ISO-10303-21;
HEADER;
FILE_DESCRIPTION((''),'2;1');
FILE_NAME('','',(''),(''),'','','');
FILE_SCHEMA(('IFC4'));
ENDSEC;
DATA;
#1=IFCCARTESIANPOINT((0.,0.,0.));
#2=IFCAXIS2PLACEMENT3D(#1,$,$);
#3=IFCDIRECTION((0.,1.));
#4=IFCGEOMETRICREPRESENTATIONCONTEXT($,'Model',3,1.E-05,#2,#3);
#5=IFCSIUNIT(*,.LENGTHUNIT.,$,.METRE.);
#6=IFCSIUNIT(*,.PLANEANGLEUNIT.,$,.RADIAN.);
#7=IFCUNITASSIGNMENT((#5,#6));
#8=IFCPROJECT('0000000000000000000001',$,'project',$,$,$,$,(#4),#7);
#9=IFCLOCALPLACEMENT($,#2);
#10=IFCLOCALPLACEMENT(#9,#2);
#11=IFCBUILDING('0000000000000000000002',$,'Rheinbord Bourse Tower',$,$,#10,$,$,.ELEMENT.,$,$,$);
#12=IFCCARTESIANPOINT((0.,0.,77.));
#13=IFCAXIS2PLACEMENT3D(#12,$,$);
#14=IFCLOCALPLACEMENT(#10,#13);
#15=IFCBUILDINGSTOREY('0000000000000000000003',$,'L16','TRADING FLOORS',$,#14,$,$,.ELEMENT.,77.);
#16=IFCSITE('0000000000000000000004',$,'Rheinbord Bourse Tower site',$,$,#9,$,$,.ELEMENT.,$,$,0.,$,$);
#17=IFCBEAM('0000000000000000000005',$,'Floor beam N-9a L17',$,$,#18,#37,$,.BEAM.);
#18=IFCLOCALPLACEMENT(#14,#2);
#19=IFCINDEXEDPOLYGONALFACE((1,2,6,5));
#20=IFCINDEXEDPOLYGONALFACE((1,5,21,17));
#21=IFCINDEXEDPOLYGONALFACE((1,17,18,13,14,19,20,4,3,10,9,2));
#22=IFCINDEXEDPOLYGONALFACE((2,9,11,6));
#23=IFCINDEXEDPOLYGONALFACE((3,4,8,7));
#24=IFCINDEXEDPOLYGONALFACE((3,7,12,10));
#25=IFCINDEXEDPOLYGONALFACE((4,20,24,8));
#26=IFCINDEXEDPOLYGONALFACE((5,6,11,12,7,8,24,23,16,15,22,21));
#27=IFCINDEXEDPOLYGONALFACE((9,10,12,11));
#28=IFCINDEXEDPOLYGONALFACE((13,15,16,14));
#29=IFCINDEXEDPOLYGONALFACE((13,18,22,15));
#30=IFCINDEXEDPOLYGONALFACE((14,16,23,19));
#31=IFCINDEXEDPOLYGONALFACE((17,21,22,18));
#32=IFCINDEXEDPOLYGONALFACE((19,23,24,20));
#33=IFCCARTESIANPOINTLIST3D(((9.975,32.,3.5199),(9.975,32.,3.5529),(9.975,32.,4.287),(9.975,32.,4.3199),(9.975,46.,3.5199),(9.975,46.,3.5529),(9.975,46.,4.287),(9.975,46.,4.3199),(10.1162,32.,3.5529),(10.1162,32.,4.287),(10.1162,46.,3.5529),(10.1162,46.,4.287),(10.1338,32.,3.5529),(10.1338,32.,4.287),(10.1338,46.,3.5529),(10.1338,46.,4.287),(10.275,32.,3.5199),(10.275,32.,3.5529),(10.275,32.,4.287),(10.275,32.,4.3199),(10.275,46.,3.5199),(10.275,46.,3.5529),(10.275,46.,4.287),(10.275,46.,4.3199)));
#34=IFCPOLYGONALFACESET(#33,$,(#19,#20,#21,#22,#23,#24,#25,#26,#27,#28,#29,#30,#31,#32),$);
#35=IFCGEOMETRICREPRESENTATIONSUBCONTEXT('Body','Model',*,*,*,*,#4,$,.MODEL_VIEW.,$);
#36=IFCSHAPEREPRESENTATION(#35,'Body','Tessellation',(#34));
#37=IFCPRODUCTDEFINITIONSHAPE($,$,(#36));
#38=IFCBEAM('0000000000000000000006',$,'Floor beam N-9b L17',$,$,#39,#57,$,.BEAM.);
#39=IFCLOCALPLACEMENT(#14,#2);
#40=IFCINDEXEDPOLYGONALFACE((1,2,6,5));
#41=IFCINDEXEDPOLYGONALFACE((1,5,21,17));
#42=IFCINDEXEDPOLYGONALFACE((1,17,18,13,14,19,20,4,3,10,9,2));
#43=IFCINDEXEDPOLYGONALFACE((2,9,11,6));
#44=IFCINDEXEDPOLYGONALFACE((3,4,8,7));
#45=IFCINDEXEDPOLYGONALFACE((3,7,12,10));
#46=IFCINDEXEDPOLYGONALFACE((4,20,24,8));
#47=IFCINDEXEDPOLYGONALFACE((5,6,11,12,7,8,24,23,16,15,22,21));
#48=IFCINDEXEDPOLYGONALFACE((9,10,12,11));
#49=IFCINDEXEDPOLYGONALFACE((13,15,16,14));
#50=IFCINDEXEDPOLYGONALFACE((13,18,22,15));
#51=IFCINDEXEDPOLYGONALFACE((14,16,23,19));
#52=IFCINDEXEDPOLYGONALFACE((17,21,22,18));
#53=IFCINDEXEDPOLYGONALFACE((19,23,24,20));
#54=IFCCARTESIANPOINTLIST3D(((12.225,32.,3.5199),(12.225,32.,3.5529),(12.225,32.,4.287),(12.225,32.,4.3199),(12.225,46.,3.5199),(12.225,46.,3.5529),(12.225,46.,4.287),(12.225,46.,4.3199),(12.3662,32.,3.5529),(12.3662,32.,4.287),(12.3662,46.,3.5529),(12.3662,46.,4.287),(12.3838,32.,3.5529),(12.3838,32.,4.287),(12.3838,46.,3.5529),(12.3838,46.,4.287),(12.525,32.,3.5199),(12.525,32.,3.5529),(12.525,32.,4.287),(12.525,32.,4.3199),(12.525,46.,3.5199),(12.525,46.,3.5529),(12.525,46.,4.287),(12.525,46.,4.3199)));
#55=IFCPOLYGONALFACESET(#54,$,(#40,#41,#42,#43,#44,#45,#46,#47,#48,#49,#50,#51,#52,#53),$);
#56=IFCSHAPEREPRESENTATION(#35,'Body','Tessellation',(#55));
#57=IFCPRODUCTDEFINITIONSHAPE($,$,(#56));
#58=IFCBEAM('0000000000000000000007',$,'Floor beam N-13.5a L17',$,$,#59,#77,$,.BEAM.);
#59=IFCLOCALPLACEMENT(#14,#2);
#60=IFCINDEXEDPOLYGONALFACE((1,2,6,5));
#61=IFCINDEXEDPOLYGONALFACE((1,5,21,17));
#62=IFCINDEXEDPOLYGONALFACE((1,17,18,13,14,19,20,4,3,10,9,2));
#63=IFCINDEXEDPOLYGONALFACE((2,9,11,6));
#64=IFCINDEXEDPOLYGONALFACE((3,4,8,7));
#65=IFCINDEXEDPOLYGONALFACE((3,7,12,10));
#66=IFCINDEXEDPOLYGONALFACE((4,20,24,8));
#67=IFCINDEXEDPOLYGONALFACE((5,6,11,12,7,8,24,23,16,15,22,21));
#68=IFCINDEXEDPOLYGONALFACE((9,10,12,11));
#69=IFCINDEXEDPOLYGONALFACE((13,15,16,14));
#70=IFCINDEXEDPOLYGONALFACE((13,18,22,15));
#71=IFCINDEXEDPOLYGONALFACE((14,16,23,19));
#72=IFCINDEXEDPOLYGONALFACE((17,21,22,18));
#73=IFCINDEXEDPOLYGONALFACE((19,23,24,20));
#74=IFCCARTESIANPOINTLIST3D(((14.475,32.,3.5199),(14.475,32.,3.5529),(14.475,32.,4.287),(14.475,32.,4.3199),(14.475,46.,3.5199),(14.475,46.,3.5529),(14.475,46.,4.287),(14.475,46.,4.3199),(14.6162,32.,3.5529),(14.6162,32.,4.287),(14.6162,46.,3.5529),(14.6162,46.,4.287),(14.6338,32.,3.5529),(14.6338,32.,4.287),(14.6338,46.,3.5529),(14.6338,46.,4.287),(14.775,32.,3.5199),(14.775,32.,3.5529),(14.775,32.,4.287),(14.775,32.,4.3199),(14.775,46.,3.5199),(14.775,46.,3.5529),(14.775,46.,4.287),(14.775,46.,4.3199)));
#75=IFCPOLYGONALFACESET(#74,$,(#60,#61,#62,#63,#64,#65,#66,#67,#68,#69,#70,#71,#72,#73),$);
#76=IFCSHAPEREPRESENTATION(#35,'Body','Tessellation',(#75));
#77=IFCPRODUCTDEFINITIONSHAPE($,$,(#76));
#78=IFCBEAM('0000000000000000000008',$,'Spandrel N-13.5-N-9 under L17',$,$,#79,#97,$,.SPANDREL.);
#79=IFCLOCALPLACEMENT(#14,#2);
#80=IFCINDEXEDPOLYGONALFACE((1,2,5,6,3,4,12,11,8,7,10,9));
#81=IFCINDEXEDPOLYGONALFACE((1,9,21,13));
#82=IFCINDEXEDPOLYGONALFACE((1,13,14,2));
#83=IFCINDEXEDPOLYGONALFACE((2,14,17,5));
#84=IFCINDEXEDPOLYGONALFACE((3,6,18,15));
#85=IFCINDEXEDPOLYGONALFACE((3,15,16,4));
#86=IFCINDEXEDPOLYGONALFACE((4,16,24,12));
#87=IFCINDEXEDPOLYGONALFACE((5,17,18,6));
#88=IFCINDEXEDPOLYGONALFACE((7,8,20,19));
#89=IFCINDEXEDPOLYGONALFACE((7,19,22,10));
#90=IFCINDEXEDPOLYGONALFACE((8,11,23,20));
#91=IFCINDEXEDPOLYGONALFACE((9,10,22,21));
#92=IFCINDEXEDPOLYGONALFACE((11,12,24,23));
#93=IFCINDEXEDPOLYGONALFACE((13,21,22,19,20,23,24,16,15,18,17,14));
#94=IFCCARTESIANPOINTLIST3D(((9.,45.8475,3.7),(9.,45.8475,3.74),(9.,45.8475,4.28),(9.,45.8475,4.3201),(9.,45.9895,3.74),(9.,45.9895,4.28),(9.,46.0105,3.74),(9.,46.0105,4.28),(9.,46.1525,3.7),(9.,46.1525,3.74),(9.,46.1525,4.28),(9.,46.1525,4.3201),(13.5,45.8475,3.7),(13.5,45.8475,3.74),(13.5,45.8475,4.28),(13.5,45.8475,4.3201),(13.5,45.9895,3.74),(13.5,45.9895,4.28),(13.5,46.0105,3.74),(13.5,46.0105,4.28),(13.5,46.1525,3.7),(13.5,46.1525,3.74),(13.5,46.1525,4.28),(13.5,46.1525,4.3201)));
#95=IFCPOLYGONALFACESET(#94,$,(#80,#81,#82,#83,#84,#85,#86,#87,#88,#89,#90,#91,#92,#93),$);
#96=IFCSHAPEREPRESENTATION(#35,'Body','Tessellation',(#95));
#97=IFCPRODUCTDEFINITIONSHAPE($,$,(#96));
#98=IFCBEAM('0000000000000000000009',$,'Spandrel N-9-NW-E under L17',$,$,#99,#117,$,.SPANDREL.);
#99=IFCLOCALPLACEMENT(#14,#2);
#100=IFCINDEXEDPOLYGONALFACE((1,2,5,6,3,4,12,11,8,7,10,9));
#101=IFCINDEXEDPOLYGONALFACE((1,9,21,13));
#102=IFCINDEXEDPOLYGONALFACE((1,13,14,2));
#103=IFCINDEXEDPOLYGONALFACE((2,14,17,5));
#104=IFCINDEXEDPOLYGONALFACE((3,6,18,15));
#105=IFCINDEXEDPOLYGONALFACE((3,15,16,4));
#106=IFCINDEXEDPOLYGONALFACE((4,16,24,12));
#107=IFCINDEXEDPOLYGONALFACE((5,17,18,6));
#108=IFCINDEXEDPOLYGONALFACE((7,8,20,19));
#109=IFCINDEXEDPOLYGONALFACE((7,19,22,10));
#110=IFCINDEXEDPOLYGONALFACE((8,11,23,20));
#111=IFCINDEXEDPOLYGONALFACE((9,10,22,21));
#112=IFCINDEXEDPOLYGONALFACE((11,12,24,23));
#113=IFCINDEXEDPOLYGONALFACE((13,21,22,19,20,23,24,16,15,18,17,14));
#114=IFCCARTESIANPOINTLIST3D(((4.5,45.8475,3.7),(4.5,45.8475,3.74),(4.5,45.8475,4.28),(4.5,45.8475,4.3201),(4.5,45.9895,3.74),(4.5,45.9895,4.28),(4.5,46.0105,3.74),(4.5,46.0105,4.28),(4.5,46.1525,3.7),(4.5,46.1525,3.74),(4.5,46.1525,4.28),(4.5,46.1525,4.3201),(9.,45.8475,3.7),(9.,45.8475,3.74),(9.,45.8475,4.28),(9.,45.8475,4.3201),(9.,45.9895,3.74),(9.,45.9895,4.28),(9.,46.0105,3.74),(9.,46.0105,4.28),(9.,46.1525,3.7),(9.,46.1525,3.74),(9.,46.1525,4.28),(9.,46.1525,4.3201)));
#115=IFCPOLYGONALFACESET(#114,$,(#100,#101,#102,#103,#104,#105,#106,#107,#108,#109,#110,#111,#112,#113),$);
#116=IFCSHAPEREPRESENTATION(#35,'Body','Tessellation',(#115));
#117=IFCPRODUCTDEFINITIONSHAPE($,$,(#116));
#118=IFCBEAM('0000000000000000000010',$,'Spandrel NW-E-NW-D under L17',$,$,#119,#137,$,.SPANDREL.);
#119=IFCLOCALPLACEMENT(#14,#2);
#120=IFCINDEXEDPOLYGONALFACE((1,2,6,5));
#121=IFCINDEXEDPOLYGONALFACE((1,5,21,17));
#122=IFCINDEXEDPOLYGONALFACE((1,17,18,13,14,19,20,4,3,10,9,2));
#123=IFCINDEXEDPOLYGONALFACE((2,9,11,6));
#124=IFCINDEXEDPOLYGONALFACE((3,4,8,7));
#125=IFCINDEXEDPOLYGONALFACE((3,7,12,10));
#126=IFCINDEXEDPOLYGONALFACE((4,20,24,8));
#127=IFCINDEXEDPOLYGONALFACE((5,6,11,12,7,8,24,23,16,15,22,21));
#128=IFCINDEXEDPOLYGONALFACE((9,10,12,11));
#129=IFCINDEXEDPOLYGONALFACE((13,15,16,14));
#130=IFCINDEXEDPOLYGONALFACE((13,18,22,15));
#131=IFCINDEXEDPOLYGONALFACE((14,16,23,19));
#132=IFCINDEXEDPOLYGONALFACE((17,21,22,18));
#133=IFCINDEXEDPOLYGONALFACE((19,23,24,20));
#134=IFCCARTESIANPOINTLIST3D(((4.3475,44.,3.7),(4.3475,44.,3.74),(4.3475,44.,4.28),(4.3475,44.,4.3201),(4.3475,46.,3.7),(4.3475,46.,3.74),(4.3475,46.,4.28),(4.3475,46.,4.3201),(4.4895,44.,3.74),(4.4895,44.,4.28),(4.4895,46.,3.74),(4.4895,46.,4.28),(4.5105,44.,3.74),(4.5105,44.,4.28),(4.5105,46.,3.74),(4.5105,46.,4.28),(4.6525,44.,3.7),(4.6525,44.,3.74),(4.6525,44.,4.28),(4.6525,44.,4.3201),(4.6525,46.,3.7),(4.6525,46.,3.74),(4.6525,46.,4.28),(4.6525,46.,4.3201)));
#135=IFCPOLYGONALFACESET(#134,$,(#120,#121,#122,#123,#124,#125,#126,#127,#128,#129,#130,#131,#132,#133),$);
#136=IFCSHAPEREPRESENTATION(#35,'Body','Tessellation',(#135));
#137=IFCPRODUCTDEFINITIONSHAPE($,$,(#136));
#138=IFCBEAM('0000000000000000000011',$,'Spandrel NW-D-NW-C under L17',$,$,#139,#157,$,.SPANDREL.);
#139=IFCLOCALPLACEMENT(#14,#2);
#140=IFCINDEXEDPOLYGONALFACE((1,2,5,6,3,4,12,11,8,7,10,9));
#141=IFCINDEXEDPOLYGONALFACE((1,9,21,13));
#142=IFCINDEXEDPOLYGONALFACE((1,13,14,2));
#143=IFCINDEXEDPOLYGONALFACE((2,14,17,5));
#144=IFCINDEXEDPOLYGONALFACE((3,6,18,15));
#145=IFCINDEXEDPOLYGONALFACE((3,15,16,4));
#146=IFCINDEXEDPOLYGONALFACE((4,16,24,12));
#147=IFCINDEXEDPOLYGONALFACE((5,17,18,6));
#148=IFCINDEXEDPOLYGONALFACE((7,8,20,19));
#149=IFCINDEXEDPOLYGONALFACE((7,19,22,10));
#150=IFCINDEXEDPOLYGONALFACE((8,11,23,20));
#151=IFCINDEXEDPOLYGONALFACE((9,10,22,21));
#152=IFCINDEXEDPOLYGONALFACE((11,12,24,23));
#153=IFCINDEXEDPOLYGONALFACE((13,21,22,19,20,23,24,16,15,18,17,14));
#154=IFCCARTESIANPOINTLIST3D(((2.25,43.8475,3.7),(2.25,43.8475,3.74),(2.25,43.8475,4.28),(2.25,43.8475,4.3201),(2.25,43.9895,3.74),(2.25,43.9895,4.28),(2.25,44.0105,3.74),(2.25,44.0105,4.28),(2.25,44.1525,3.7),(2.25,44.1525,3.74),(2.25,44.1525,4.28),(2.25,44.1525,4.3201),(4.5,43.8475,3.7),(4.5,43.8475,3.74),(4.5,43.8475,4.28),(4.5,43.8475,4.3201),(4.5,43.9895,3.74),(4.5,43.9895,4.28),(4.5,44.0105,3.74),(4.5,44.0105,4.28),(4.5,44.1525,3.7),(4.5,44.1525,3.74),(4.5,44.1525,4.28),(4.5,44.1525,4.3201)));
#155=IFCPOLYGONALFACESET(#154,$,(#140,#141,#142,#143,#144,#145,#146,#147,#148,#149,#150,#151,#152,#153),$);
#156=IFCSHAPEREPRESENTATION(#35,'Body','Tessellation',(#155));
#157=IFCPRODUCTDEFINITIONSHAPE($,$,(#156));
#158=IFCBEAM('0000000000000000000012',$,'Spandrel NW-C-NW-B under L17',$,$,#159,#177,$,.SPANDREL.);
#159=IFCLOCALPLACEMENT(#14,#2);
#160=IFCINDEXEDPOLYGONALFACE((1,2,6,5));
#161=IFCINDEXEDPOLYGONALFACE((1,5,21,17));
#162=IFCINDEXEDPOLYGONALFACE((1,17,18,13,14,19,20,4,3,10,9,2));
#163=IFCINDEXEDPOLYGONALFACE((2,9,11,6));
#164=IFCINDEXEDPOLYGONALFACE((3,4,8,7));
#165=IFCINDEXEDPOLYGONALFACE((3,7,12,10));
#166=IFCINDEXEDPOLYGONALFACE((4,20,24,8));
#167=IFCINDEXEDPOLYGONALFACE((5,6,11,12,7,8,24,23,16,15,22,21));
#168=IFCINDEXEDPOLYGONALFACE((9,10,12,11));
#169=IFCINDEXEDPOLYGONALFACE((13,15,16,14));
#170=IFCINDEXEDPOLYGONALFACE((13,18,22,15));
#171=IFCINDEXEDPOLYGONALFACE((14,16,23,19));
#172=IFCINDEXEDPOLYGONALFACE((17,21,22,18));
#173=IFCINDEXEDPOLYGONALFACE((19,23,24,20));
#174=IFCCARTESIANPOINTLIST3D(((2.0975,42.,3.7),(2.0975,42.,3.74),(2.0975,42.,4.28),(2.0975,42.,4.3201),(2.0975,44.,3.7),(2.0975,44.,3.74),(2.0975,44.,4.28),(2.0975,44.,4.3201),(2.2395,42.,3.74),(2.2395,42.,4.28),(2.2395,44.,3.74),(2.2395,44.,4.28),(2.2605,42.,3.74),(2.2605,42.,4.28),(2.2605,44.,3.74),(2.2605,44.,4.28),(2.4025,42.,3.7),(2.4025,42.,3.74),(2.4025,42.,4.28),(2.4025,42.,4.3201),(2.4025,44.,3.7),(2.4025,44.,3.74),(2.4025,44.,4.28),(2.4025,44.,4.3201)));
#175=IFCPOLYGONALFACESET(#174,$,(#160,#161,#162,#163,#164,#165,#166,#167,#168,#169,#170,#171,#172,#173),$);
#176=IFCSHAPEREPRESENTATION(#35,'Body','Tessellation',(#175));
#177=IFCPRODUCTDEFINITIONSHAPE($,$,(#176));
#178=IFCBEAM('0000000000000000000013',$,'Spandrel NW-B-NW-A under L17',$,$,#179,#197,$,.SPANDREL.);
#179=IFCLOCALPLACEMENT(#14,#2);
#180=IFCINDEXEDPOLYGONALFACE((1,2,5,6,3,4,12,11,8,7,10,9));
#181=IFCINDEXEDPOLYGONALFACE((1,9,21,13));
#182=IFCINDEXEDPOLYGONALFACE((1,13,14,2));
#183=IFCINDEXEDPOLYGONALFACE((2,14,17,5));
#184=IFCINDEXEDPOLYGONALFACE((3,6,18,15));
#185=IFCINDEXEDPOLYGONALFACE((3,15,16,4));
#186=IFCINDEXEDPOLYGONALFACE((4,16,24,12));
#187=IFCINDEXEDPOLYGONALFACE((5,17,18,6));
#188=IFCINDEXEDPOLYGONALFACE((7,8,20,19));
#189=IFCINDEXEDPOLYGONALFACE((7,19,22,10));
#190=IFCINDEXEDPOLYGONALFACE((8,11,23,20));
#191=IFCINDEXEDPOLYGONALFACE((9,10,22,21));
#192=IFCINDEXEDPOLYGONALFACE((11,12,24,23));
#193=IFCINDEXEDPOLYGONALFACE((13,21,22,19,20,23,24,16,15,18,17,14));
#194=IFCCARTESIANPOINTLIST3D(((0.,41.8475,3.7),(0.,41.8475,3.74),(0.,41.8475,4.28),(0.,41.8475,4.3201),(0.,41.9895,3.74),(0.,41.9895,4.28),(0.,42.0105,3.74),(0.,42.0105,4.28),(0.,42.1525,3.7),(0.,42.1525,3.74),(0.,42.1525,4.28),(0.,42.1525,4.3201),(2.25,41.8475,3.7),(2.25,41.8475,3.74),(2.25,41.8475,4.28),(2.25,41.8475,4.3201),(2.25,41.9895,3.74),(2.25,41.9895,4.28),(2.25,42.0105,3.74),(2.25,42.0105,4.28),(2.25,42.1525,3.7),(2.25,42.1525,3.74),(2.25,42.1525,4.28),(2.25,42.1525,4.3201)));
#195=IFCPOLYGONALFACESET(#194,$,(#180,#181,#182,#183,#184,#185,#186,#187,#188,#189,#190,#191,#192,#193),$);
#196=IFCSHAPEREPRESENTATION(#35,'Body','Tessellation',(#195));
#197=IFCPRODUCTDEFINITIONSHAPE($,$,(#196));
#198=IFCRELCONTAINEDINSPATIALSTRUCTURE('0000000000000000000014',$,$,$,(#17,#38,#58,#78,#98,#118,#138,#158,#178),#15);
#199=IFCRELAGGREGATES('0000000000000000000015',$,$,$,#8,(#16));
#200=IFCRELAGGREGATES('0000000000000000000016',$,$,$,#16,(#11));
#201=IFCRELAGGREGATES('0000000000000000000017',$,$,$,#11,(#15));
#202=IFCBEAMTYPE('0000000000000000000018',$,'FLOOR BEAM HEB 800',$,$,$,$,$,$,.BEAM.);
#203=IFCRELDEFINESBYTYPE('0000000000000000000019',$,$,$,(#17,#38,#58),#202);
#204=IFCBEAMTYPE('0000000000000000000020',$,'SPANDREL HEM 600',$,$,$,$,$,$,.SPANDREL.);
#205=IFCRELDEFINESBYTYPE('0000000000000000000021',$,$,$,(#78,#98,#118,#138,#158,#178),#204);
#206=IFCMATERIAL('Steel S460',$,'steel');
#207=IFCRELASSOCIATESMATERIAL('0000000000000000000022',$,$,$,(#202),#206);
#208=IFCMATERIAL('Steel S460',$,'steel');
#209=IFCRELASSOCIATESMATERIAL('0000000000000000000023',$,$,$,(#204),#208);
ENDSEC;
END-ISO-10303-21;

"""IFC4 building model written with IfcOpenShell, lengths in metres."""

from ifc_helpers import new_model, si_unit, direction, frame, origin, origin_2d, place, context, subcontext, project, spatial, i_section, extrude, material, material_profile, profile_set, type_object, element, save


model = new_model("IFC4")

# Units and contexts
model_context = context("Model", 3, precision=1e-05, world=origin(), true_north=direction((0.0, 1.0)))
body_context = subcontext(model_context, "Body", "Model", "MODEL_VIEW")
ifc_project = project(units=[si_unit("LENGTHUNIT", "METRE"), si_unit("PLANEANGLEUNIT", "RADIAN")], contexts=[model_context])

# Site, building, storey
site_placement = place(None, origin())
site = spatial("IfcSite", under=ifc_project, at=site_placement, Name="Rheinbord Bourse Tower site", CompositionType="ELEMENT", RefElevation=0.0)
building_placement = place(site_placement, origin())
building = spatial("IfcBuilding", under=site, at=building_placement, Name="Rheinbord Bourse Tower", CompositionType="ELEMENT")
storey_placement = place(building_placement, frame((0.0, 0.0, 77.0)))
storey = spatial("IfcBuildingStorey", under=building, at=storey_placement, Name="L16", Description="TRADING FLOORS", CompositionType="ELEMENT", Elevation=77.0)

# Beams
ifc_material_1 = material(Name="Steel S460", Category="steel")
ifc_material_profile_1 = material_profile(ifc_material_1, i_section(OverallWidth=0.3, OverallDepth=0.8, WebThickness=0.0176, FlangeThickness=0.033, at=origin_2d()), Name="HEB 800")
ifc_profile_set_1 = profile_set([ifc_material_profile_1], Name="Steel S460")
beam_type_1 = type_object("IfcBeamType", Name="FLOOR BEAM HEB 800", PredefinedType="BEAM", material=ifc_profile_set_1)
for number, where, z_axis, x_axis, name in (
    (1, (10.125, 46.0, 3.9199), (0.0, -1.0, 0.0), (1.0, 0.0, 0.0), "Floor beam N-9a L17"),
    (2, (12.375, 46.0, 3.9199), (0.0, -1.0, 0.0), (1.0, 0.0, 0.0), "Floor beam N-9b L17"),
    (3, (14.625, 46.0, 3.9199), (0.0, -1.0, 0.0), (1.0, 0.0, 0.0), "Floor beam N-13.5a L17"),
):
    element("IfcBeam", number, at=place(storey_placement, frame(where, z_axis=z_axis, x_axis=x_axis)), inside=storey, type_object=beam_type_1, Name=name, PredefinedType="BEAM", context=body_context, shape_type="SweptSolid", body=[
        extrude(i_section(OverallWidth=0.3, OverallDepth=0.8, WebThickness=0.0176, FlangeThickness=0.033, at=origin_2d()), origin(), (0.0, 0.0, 1.0), 14.0),
    ])
ifc_material_2 = material(Name="Steel S460", Category="steel")
ifc_material_profile_2 = material_profile(ifc_material_2, i_section(OverallWidth=0.3049, OverallDepth=0.6201, WebThickness=0.021, FlangeThickness=0.04, at=origin_2d()), Name="HEM 600")
ifc_profile_set_2 = profile_set([ifc_material_profile_2], Name="Steel S460")
beam_type_2 = type_object("IfcBeamType", Name="SPANDREL HEM 600", PredefinedType="SPANDREL", material=ifc_profile_set_2)
for number, where, z_axis, x_axis, name in (
    (4, (13.5, 46.0, 4.01), (-1.0, 0.0, 0.0), (0.0, -1.0, 0.0), "Spandrel N-13.5-N-9 under L17"),
    (5, (9.0, 46.0, 4.01), (-1.0, 0.0, 0.0), (0.0, -1.0, 0.0), "Spandrel N-9-NW-E under L17"),
):
    element("IfcBeam", number, at=place(storey_placement, frame(where, z_axis=z_axis, x_axis=x_axis)), inside=storey, type_object=beam_type_2, Name=name, PredefinedType="SPANDREL", context=body_context, shape_type="SweptSolid", body=[
        extrude(i_section(OverallWidth=0.3049, OverallDepth=0.6201, WebThickness=0.021, FlangeThickness=0.04, at=origin_2d()), origin(), (0.0, 0.0, 1.0), 4.5),
    ])
beam_1_placement = place(storey_placement, frame((4.5, 46.0, 4.01), z_axis=(0.0, -1.0, 0.0), x_axis=(1.0, 0.0, 0.0)))
element("IfcBeam", 6, at=beam_1_placement, inside=storey, type_object=beam_type_2, Name="Spandrel NW-E-NW-D under L17", PredefinedType="SPANDREL", context=body_context, shape_type="SweptSolid", body=[
    extrude(i_section(OverallWidth=0.3049, OverallDepth=0.6201, WebThickness=0.021, FlangeThickness=0.04, at=origin_2d()), origin(), (0.0, 0.0, 1.0), 2.0),
])
beam_2_placement = place(storey_placement, frame((4.5, 44.0, 4.01), z_axis=(-1.0, 0.0, 0.0), x_axis=(0.0, -1.0, 0.0)))
element("IfcBeam", 7, at=beam_2_placement, inside=storey, type_object=beam_type_2, Name="Spandrel NW-D-NW-C under L17", PredefinedType="SPANDREL", context=body_context, shape_type="SweptSolid", body=[
    extrude(i_section(OverallWidth=0.3049, OverallDepth=0.6201, WebThickness=0.021, FlangeThickness=0.04, at=origin_2d()), origin(), (0.0, 0.0, 1.0), 2.25),
])
beam_3_placement = place(storey_placement, frame((2.25, 44.0, 4.01), z_axis=(0.0, -1.0, 0.0), x_axis=(1.0, 0.0, 0.0)))
element("IfcBeam", 8, at=beam_3_placement, inside=storey, type_object=beam_type_2, Name="Spandrel NW-C-NW-B under L17", PredefinedType="SPANDREL", context=body_context, shape_type="SweptSolid", body=[
    extrude(i_section(OverallWidth=0.3049, OverallDepth=0.6201, WebThickness=0.021, FlangeThickness=0.04, at=origin_2d()), origin(), (0.0, 0.0, 1.0), 2.0),
])
beam_4_placement = place(storey_placement, frame((2.25, 42.0, 4.01), z_axis=(-1.0, 0.0, 0.0), x_axis=(0.0, -1.0, 0.0)))
element("IfcBeam", 9, at=beam_4_placement, inside=storey, type_object=beam_type_2, Name="Spandrel NW-B-NW-A under L17", PredefinedType="SPANDREL", context=body_context, shape_type="SweptSolid", body=[
    extrude(i_section(OverallWidth=0.3049, OverallDepth=0.6201, WebThickness=0.021, FlangeThickness=0.04, at=origin_2d()), origin(), (0.0, 0.0, 1.0), 2.25),
])

save(model, "model.ifc")
